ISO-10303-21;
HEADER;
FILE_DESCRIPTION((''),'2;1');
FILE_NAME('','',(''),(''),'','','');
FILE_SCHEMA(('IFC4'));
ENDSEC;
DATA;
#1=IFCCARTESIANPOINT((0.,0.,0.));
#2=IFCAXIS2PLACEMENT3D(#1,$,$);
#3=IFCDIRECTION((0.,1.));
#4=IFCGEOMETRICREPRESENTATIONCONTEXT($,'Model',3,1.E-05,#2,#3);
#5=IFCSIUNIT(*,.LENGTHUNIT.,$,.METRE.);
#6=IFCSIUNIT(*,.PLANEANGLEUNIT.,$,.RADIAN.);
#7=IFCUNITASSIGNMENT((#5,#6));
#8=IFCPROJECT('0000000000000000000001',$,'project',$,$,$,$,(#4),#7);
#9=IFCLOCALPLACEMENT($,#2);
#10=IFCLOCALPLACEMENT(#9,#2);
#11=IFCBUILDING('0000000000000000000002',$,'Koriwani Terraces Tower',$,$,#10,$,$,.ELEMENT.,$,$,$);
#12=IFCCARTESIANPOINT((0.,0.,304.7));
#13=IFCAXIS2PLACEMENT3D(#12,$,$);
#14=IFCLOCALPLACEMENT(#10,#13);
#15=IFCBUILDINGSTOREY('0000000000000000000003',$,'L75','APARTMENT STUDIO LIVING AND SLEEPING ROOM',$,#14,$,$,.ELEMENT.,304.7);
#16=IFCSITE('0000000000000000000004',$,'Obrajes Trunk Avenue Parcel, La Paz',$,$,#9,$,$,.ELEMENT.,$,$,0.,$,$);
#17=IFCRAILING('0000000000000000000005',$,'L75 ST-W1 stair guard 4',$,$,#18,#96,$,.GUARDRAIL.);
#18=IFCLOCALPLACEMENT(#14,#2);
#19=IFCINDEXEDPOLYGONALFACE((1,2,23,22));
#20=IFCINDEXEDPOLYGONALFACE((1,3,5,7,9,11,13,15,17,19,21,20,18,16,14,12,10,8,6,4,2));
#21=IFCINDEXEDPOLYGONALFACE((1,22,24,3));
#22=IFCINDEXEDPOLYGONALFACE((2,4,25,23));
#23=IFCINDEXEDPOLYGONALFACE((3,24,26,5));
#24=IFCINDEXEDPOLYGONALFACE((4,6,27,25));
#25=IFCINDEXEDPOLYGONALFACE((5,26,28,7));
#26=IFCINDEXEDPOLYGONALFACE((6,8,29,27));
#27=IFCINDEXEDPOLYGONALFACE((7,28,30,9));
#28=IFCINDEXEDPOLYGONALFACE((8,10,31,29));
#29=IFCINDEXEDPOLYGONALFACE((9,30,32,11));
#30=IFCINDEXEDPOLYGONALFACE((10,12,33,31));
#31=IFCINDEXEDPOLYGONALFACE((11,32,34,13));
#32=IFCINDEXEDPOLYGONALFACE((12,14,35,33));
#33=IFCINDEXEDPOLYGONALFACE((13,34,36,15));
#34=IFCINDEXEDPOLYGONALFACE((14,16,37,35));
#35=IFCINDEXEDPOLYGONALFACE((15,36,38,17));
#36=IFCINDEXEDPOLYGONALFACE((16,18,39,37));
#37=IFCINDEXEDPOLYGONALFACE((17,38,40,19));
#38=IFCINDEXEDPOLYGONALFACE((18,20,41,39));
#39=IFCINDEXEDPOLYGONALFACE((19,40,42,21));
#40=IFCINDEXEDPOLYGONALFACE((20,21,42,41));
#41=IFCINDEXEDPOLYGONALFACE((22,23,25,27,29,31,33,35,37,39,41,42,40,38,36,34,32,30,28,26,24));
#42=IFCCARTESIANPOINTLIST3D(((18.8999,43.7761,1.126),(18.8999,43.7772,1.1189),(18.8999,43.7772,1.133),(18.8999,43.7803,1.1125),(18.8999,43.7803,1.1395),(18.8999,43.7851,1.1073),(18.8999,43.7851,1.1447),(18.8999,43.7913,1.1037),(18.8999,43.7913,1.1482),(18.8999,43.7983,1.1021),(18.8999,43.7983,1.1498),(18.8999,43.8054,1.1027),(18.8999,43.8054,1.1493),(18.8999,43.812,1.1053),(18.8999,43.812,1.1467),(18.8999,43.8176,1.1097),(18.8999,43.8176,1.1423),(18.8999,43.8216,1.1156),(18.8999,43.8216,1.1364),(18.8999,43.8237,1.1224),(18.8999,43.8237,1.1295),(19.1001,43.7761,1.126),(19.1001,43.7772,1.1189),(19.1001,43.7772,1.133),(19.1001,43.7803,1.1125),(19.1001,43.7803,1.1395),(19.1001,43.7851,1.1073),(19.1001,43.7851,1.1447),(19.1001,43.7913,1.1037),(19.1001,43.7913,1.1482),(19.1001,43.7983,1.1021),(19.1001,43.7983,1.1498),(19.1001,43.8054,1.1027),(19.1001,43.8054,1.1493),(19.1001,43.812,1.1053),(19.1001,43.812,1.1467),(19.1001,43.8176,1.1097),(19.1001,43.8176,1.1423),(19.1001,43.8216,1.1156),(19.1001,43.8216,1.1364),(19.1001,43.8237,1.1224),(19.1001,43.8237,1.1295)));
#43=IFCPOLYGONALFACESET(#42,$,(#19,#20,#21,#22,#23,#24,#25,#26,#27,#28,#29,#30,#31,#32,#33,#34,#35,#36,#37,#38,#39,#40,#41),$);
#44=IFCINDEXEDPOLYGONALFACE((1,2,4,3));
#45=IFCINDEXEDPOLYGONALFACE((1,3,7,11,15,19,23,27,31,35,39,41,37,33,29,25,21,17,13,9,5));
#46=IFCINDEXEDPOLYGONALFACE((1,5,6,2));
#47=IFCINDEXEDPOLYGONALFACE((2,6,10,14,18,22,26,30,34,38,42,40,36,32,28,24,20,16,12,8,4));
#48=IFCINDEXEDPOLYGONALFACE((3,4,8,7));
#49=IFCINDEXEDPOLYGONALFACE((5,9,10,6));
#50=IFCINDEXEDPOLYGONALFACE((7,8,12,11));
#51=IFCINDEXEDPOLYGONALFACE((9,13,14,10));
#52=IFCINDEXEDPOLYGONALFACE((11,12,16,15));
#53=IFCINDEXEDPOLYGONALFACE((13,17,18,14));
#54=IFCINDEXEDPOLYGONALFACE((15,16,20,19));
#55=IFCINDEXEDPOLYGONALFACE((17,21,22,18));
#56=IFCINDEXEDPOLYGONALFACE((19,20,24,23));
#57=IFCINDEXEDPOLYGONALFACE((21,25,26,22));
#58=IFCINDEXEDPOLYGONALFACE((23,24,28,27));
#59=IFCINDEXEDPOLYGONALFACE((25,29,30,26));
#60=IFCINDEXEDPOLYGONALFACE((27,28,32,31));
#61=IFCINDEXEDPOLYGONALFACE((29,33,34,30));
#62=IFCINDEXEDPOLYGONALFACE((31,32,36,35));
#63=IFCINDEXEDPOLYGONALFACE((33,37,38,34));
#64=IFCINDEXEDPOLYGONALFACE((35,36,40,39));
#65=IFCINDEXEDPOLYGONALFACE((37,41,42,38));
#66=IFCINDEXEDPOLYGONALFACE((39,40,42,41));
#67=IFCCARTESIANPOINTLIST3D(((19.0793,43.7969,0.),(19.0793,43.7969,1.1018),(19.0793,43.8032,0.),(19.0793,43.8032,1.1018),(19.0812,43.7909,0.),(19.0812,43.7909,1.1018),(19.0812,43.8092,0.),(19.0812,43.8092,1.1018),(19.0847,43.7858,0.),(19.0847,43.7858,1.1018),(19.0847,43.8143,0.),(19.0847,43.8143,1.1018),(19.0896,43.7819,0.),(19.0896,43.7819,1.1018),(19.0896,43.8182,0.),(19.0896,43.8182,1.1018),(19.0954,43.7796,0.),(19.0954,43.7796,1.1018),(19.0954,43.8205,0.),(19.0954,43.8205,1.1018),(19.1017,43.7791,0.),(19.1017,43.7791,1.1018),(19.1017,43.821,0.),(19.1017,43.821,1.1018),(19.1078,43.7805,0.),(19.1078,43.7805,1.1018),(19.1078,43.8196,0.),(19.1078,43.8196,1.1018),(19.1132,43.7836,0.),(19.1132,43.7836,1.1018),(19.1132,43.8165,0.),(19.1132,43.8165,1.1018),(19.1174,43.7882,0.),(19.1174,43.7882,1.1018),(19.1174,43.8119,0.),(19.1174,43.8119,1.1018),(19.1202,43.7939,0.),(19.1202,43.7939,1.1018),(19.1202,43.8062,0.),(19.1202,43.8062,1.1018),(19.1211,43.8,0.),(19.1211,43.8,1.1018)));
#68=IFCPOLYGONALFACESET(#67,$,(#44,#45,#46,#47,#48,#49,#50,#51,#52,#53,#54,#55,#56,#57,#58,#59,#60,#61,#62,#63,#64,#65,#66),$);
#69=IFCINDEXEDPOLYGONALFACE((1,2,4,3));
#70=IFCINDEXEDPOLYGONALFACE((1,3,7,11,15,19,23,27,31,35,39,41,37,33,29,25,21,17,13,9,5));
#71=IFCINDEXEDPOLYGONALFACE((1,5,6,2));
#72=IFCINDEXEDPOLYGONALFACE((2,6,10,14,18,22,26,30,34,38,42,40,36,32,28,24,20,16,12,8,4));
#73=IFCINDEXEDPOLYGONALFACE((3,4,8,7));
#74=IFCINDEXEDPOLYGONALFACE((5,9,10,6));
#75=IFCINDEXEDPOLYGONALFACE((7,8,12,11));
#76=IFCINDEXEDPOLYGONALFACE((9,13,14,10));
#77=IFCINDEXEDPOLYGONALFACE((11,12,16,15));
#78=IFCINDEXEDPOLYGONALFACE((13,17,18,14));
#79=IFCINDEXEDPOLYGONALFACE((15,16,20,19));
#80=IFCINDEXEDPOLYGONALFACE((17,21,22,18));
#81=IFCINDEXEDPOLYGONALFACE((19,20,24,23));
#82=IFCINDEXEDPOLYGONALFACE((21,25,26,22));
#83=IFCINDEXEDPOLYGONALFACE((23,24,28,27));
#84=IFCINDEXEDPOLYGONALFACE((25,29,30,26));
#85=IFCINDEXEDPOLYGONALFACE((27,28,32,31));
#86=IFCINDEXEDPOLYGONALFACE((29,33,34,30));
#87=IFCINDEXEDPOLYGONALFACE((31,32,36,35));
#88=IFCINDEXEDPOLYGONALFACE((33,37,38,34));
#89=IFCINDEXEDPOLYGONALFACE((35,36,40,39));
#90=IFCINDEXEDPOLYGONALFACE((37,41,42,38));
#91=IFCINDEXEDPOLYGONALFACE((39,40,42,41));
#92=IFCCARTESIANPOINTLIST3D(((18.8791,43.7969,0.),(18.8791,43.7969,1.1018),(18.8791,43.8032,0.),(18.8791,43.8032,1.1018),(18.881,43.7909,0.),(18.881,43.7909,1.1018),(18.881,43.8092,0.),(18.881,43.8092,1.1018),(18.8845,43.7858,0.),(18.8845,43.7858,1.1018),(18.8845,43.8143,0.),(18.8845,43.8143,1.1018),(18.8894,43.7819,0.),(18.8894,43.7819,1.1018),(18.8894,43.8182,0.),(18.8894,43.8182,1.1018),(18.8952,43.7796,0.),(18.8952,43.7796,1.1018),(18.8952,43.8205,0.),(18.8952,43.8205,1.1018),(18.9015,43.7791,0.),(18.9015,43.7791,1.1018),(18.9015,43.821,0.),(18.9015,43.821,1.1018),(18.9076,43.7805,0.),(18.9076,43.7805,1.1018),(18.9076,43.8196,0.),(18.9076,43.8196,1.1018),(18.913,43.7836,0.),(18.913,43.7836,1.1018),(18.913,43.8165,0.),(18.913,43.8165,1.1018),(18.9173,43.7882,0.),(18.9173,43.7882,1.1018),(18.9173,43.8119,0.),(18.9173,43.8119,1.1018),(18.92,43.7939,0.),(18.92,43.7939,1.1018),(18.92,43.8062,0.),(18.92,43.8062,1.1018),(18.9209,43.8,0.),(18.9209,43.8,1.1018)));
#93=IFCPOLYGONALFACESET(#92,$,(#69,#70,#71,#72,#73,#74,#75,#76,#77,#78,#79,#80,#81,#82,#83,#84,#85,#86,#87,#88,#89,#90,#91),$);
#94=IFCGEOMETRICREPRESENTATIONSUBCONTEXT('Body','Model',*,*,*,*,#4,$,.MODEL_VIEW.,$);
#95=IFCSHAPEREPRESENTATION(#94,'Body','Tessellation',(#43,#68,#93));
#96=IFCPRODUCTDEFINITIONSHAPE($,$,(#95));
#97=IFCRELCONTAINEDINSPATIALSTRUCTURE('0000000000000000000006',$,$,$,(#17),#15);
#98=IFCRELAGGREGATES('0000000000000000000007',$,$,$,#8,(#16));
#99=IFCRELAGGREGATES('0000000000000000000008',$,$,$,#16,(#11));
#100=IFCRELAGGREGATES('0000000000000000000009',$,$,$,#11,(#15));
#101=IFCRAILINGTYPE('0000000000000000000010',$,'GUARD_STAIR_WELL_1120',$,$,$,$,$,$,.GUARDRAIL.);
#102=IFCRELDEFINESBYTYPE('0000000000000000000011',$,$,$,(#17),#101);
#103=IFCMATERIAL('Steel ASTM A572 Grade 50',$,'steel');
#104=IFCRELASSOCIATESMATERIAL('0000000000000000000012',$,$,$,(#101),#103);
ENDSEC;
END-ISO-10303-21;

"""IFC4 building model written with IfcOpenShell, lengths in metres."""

from ifc_helpers import new_model, si_unit, direction, frame, origin, origin_2d, place, context, subcontext, project, spatial, circle, extrude, material, type_object, element, save


model = new_model("IFC4")

# Units and contexts
model_context = context("Model", 3, precision=1e-05, world=origin(), true_north=direction((0.0, 1.0)))
body_context = subcontext(model_context, "Body", "Model", "MODEL_VIEW")
ifc_project = project(units=[si_unit("LENGTHUNIT", "METRE"), si_unit("PLANEANGLEUNIT", "RADIAN")], contexts=[model_context])

# Site, building, storey
site_placement = place(None, origin())
site = spatial("IfcSite", under=ifc_project, at=site_placement, Name="Obrajes Trunk Avenue Parcel, La Paz", CompositionType="ELEMENT", RefElevation=0.0)
building_placement = place(site_placement, origin())
building = spatial("IfcBuilding", under=site, at=building_placement, Name="Koriwani Terraces Tower", CompositionType="ELEMENT")
storey_placement = place(building_placement, frame((0.0, 0.0, 304.7)))
storey = spatial("IfcBuildingStorey", under=building, at=storey_placement, Name="L75", Description="APARTMENT STUDIO LIVING AND SLEEPING ROOM", CompositionType="ELEMENT", Elevation=304.7)

# Shared definitions
ifc_material_1 = material(Name="Steel ASTM A572 Grade 50", Category="steel")

# Railing
railing_type_1 = type_object("IfcRailingType", Name="GUARD_STAIR_WELL_1120", PredefinedType="GUARDRAIL", material=ifc_material_1)
railing_1_placement = place(storey_placement, frame((19.1001, 43.8, 0.0)))
element("IfcRailing", 1, at=railing_1_placement, inside=storey, type_object=railing_type_1, Name="L75 ST-W1 stair guard 4", PredefinedType="GUARDRAIL", context=body_context, shape_type="SweptSolid", body=[
    extrude(circle(Radius=0.0239, at=origin_2d()), frame((0.0, 0.0, 1.126), z_axis=(-1.0, 0.0, 0.0), x_axis=(0.0, -1.0, 0.0)), (0.0, 0.0, 1.0), 0.2002),
    extrude(circle(Radius=0.021, at=origin_2d()), origin(), (0.0, 0.0, 1.0), 1.1018),
    extrude(circle(Radius=0.021, at=origin_2d()), frame((-0.2002, 0.0, 0.0)), (0.0, 0.0, 1.0), 1.1018),
])

save(model, "model.ifc")
